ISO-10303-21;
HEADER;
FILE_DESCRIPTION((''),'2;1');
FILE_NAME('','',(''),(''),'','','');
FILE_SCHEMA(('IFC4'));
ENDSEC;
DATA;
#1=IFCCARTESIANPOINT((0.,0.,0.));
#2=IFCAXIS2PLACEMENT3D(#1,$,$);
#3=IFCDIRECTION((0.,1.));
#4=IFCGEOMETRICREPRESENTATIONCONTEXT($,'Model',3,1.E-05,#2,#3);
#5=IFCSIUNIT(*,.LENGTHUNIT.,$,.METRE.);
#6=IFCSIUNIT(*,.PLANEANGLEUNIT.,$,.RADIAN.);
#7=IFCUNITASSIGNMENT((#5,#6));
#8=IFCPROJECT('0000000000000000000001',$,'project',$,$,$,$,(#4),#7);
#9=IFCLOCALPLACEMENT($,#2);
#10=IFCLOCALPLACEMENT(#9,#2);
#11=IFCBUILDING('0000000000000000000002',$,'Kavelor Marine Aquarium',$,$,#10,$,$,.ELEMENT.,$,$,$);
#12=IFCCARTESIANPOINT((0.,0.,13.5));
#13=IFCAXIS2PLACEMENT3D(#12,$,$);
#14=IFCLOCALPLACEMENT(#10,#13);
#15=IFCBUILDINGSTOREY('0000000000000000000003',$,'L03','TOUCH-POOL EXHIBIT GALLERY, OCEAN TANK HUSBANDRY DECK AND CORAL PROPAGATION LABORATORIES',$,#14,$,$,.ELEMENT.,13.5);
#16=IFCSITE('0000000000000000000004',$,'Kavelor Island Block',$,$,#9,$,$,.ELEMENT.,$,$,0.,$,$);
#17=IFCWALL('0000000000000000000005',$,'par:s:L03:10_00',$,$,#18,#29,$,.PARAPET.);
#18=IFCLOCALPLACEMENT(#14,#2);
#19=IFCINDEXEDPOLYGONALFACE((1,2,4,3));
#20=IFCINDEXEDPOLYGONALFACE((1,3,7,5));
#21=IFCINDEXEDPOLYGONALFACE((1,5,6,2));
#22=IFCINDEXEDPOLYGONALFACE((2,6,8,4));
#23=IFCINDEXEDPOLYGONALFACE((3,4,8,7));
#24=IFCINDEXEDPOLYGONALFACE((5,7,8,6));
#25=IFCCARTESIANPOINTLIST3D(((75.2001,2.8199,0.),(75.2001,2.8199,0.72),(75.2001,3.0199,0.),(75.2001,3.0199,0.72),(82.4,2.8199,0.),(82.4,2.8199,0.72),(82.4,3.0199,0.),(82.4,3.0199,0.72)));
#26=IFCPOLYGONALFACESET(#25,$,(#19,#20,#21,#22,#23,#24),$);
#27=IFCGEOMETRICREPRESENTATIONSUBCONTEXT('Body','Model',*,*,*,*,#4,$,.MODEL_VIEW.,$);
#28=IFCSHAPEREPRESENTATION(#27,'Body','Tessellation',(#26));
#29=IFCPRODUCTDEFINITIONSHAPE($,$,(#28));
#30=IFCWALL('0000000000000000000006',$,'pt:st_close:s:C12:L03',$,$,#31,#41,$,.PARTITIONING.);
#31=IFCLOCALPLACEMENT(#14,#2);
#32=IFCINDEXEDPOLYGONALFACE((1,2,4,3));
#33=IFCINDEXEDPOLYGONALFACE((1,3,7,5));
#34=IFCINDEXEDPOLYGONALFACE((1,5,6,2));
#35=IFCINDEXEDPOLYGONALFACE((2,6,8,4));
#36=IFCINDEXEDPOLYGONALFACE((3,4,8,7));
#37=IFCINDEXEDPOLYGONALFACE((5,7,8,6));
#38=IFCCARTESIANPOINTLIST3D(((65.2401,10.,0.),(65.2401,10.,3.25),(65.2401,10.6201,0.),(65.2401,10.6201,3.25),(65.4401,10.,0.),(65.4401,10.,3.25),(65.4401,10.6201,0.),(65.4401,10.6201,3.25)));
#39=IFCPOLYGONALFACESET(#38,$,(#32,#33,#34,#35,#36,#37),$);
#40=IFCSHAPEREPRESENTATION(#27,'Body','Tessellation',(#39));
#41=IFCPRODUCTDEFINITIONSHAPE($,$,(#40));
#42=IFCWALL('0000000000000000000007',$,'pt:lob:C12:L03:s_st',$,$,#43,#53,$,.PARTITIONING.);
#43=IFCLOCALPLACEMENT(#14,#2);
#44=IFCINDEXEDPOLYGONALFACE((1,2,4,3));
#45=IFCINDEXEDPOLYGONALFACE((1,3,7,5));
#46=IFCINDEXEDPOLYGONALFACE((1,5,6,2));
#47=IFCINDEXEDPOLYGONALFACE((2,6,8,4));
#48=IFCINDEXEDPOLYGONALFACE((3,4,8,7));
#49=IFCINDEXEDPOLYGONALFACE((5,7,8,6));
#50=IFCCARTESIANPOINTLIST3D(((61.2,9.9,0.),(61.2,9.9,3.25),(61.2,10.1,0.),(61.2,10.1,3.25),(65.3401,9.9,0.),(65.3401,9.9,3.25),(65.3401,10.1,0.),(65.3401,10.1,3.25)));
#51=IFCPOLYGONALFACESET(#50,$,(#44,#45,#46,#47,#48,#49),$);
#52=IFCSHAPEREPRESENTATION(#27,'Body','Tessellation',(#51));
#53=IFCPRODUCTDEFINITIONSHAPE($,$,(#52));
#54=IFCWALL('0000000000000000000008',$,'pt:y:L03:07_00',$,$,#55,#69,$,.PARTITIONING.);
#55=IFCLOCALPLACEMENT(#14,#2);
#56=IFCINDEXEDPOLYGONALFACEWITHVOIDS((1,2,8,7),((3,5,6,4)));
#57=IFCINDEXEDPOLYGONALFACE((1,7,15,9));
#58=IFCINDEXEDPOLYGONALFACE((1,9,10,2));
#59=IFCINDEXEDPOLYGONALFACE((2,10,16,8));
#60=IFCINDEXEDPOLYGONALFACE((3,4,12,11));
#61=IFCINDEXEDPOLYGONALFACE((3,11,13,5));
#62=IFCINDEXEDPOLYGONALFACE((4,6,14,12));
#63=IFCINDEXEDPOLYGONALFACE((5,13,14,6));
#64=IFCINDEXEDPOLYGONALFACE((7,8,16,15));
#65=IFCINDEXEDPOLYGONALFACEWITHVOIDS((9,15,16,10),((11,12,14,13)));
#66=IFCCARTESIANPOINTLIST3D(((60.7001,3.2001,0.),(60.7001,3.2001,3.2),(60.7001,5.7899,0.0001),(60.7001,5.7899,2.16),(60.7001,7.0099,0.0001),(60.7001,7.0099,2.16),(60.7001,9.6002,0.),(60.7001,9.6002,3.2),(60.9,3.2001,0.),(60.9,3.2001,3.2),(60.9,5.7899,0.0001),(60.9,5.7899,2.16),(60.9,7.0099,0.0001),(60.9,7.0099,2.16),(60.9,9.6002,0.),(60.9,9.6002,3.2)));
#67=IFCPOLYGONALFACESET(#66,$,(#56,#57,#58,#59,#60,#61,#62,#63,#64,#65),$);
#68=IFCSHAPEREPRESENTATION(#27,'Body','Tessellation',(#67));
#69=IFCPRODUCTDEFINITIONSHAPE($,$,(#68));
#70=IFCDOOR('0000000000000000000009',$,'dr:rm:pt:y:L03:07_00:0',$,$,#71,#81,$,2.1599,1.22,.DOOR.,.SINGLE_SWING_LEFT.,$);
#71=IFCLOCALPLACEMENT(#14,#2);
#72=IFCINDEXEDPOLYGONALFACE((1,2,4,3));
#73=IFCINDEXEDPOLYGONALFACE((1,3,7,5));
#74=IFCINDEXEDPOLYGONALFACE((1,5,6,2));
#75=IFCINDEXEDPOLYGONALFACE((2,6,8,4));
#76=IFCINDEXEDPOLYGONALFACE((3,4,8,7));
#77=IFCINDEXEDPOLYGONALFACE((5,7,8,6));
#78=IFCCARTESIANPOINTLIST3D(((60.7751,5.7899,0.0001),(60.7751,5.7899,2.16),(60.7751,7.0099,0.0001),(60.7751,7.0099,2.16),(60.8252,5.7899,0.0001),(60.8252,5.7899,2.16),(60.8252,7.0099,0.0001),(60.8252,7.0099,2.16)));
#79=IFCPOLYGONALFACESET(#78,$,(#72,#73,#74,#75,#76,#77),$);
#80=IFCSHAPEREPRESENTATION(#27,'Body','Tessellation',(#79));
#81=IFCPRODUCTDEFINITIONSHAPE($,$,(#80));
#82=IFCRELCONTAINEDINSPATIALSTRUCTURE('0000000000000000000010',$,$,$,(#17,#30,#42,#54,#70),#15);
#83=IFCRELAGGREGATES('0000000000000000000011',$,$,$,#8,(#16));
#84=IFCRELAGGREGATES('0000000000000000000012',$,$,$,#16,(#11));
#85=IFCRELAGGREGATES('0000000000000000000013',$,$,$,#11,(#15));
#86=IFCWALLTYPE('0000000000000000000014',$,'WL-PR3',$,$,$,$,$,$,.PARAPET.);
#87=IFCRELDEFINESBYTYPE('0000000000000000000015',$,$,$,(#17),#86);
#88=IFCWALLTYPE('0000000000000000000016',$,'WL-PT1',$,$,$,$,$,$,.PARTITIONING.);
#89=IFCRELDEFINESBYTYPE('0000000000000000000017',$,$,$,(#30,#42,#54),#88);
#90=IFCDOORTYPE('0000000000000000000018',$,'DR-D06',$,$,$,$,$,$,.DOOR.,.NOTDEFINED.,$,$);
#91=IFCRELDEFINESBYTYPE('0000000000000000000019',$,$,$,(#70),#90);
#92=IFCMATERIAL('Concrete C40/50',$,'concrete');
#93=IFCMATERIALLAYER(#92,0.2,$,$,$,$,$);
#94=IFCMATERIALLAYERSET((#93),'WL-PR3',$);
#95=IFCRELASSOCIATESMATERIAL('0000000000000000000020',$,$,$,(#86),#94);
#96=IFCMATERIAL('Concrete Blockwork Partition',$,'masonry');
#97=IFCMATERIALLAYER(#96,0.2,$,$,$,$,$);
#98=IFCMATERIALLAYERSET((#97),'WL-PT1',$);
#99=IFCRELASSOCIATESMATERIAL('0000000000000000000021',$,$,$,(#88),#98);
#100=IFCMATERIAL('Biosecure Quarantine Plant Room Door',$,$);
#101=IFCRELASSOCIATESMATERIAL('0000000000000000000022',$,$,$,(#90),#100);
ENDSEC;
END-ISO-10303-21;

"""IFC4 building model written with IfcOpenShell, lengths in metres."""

from ifc_helpers import new_model, si_unit, direction, frame, frame_2d, origin, place, context, subcontext, project, spatial, rectangle, extrude, material, layer, layer_set, type_object, element, fill, save


model = new_model("IFC4")

# Units and contexts
model_context = context("Model", 3, precision=1e-05, world=origin(), true_north=direction((0.0, 1.0)))
body_context = subcontext(model_context, "Body", "Model", "MODEL_VIEW")
ifc_project = project(units=[si_unit("LENGTHUNIT", "METRE"), si_unit("PLANEANGLEUNIT", "RADIAN")], contexts=[model_context])

# Site, building, storey
site_placement = place(None, origin())
site = spatial("IfcSite", under=ifc_project, at=site_placement, Name="Kavelor Island Block", CompositionType="ELEMENT", RefElevation=0.0)
building_placement = place(site_placement, origin())
building = spatial("IfcBuilding", under=site, at=building_placement, Name="Kavelor Marine Aquarium", CompositionType="ELEMENT")
storey_placement = place(building_placement, frame((0.0, 0.0, 13.5)))
storey = spatial("IfcBuildingStorey", under=building, at=storey_placement, Name="L03", Description="TOUCH-POOL EXHIBIT GALLERY, OCEAN TANK HUSBANDRY DECK AND CORAL PROPAGATION LABORATORIES", CompositionType="ELEMENT", Elevation=13.5)

# Walls
ifc_material_1 = material(Name="Concrete C40/50", Category="concrete")
ifc_layer_1 = layer(ifc_material_1, 0.2)
ifc_layer_set_1 = layer_set([ifc_layer_1], Name="WL-PR3")
wall_type_1 = type_object("IfcWallType", Name="WL-PR3", PredefinedType="PARAPET", material=ifc_layer_set_1)
for number, where, z_axis, x_axis, name in (
    (1, (75.2, 2.9199, 0.0), (0.0, 0.0, 1.0), (1.0, 0.0, 0.0), "par:s:L03:10_00"),
):
    element("IfcWall", number, at=place(storey_placement, frame(where, z_axis=z_axis, x_axis=x_axis)), inside=storey, type_object=wall_type_1, Name=name, PredefinedType="PARAPET", context=body_context, shape_type="SweptSolid", body=[
        extrude(rectangle(XDim=7.2, YDim=0.2, at=frame_2d((3.6001, 0.0))), origin(), (0.0, 0.0, 1.0), 0.72),
    ])
ifc_material_2 = material(Name="Concrete Blockwork Partition", Category="masonry")
ifc_layer_2 = layer(ifc_material_2, 0.2)
ifc_layer_set_2 = layer_set([ifc_layer_2], Name="WL-PT1")
wall_type_2 = type_object("IfcWallType", Name="WL-PT1", PredefinedType="PARTITIONING", material=ifc_layer_set_2)
wall_1_placement = place(storey_placement, frame((65.3401, 10.0, 0.0), z_axis=(0.0, 0.0, 1.0), x_axis=(0.0, 1.0, 0.0)))
element("IfcWall", 2, at=wall_1_placement, inside=storey, type_object=wall_type_2, Name="pt:st_close:s:C12:L03", PredefinedType="PARTITIONING", context=body_context, shape_type="SweptSolid", body=[
    extrude(rectangle(XDim=0.6201, YDim=0.2, at=frame_2d((0.3101, 0.0))), origin(), (0.0, 0.0, 1.0), 3.25),
])
wall_2_placement = place(storey_placement, frame((61.2, 10.0, 0.0), z_axis=(0.0, 0.0, 1.0), x_axis=(1.0, 0.0, 0.0)))
element("IfcWall", 3, at=wall_2_placement, inside=storey, type_object=wall_type_2, Name="pt:lob:C12:L03:s_st", PredefinedType="PARTITIONING", context=body_context, shape_type="SweptSolid", body=[
    extrude(rectangle(XDim=4.1401, YDim=0.2, at=frame_2d((2.0701, 0.0))), origin(), (0.0, 0.0, 1.0), 3.25),
])

# Wall, opening, door
wall_3_placement = place(storey_placement, frame((60.8, 3.2, 0.0), z_axis=(0.0, 0.0, 1.0), x_axis=(0.0, 1.0, 0.0)))
wall_3 = element("IfcWall", 4, at=wall_3_placement, inside=storey, type_object=wall_type_2, Name="pt:y:L03:07_00", PredefinedType="PARTITIONING", context=body_context, shape_type="SweptSolid", body=[
    extrude(rectangle(XDim=6.4001, YDim=0.2, at=frame_2d((3.2002, 0.0))), origin(), (0.0, 0.0, 1.0), 3.2),
])
opening_1_placement = place(wall_3_placement, frame((2.5901, 0.0, 0.0)))
opening_1 = element("IfcOpeningElement", 5, at=opening_1_placement, cuts=wall_3, PredefinedType="OPENING", context=body_context, shape_type="SweptSolid", body=[
    extrude(rectangle(XDim=1.22, YDim=2.1599, at=frame_2d((0.6099, 1.0801))), frame((0.0, 0.1099, 0.0), z_axis=(0.0, -1.0, 0.0), x_axis=(1.0, 0.0, 0.0)), (0.0, 0.0, 1.0), 0.22),
])
ifc_material_3 = material(Name="Biosecure Quarantine Plant Room Door")
door_type_1 = type_object("IfcDoorType", Name="DR-D06", OperationType="NOTDEFINED", PredefinedType="DOOR", material=ifc_material_3)
door_1_placement = place(opening_1_placement, origin())
door_1 = element("IfcDoor", 6, at=door_1_placement, inside=storey, type_object=door_type_1, Name="dr:rm:pt:y:L03:07_00:0", OperationType="SINGLE_SWING_LEFT", OverallHeight=2.1599, OverallWidth=1.22, PredefinedType="DOOR", context=body_context, shape_type="SweptSolid", body=[
    extrude(rectangle(XDim=1.22, YDim=2.1599, at=frame_2d((0.6099, 1.0801))), frame((0.0, 0.0249, 0.0), z_axis=(0.0, -1.0, 0.0), x_axis=(1.0, 0.0, 0.0)), (0.0, 0.0, 1.0), 0.05),
])
fill(opening_1, door_1)

save(model, "model.ifc")
